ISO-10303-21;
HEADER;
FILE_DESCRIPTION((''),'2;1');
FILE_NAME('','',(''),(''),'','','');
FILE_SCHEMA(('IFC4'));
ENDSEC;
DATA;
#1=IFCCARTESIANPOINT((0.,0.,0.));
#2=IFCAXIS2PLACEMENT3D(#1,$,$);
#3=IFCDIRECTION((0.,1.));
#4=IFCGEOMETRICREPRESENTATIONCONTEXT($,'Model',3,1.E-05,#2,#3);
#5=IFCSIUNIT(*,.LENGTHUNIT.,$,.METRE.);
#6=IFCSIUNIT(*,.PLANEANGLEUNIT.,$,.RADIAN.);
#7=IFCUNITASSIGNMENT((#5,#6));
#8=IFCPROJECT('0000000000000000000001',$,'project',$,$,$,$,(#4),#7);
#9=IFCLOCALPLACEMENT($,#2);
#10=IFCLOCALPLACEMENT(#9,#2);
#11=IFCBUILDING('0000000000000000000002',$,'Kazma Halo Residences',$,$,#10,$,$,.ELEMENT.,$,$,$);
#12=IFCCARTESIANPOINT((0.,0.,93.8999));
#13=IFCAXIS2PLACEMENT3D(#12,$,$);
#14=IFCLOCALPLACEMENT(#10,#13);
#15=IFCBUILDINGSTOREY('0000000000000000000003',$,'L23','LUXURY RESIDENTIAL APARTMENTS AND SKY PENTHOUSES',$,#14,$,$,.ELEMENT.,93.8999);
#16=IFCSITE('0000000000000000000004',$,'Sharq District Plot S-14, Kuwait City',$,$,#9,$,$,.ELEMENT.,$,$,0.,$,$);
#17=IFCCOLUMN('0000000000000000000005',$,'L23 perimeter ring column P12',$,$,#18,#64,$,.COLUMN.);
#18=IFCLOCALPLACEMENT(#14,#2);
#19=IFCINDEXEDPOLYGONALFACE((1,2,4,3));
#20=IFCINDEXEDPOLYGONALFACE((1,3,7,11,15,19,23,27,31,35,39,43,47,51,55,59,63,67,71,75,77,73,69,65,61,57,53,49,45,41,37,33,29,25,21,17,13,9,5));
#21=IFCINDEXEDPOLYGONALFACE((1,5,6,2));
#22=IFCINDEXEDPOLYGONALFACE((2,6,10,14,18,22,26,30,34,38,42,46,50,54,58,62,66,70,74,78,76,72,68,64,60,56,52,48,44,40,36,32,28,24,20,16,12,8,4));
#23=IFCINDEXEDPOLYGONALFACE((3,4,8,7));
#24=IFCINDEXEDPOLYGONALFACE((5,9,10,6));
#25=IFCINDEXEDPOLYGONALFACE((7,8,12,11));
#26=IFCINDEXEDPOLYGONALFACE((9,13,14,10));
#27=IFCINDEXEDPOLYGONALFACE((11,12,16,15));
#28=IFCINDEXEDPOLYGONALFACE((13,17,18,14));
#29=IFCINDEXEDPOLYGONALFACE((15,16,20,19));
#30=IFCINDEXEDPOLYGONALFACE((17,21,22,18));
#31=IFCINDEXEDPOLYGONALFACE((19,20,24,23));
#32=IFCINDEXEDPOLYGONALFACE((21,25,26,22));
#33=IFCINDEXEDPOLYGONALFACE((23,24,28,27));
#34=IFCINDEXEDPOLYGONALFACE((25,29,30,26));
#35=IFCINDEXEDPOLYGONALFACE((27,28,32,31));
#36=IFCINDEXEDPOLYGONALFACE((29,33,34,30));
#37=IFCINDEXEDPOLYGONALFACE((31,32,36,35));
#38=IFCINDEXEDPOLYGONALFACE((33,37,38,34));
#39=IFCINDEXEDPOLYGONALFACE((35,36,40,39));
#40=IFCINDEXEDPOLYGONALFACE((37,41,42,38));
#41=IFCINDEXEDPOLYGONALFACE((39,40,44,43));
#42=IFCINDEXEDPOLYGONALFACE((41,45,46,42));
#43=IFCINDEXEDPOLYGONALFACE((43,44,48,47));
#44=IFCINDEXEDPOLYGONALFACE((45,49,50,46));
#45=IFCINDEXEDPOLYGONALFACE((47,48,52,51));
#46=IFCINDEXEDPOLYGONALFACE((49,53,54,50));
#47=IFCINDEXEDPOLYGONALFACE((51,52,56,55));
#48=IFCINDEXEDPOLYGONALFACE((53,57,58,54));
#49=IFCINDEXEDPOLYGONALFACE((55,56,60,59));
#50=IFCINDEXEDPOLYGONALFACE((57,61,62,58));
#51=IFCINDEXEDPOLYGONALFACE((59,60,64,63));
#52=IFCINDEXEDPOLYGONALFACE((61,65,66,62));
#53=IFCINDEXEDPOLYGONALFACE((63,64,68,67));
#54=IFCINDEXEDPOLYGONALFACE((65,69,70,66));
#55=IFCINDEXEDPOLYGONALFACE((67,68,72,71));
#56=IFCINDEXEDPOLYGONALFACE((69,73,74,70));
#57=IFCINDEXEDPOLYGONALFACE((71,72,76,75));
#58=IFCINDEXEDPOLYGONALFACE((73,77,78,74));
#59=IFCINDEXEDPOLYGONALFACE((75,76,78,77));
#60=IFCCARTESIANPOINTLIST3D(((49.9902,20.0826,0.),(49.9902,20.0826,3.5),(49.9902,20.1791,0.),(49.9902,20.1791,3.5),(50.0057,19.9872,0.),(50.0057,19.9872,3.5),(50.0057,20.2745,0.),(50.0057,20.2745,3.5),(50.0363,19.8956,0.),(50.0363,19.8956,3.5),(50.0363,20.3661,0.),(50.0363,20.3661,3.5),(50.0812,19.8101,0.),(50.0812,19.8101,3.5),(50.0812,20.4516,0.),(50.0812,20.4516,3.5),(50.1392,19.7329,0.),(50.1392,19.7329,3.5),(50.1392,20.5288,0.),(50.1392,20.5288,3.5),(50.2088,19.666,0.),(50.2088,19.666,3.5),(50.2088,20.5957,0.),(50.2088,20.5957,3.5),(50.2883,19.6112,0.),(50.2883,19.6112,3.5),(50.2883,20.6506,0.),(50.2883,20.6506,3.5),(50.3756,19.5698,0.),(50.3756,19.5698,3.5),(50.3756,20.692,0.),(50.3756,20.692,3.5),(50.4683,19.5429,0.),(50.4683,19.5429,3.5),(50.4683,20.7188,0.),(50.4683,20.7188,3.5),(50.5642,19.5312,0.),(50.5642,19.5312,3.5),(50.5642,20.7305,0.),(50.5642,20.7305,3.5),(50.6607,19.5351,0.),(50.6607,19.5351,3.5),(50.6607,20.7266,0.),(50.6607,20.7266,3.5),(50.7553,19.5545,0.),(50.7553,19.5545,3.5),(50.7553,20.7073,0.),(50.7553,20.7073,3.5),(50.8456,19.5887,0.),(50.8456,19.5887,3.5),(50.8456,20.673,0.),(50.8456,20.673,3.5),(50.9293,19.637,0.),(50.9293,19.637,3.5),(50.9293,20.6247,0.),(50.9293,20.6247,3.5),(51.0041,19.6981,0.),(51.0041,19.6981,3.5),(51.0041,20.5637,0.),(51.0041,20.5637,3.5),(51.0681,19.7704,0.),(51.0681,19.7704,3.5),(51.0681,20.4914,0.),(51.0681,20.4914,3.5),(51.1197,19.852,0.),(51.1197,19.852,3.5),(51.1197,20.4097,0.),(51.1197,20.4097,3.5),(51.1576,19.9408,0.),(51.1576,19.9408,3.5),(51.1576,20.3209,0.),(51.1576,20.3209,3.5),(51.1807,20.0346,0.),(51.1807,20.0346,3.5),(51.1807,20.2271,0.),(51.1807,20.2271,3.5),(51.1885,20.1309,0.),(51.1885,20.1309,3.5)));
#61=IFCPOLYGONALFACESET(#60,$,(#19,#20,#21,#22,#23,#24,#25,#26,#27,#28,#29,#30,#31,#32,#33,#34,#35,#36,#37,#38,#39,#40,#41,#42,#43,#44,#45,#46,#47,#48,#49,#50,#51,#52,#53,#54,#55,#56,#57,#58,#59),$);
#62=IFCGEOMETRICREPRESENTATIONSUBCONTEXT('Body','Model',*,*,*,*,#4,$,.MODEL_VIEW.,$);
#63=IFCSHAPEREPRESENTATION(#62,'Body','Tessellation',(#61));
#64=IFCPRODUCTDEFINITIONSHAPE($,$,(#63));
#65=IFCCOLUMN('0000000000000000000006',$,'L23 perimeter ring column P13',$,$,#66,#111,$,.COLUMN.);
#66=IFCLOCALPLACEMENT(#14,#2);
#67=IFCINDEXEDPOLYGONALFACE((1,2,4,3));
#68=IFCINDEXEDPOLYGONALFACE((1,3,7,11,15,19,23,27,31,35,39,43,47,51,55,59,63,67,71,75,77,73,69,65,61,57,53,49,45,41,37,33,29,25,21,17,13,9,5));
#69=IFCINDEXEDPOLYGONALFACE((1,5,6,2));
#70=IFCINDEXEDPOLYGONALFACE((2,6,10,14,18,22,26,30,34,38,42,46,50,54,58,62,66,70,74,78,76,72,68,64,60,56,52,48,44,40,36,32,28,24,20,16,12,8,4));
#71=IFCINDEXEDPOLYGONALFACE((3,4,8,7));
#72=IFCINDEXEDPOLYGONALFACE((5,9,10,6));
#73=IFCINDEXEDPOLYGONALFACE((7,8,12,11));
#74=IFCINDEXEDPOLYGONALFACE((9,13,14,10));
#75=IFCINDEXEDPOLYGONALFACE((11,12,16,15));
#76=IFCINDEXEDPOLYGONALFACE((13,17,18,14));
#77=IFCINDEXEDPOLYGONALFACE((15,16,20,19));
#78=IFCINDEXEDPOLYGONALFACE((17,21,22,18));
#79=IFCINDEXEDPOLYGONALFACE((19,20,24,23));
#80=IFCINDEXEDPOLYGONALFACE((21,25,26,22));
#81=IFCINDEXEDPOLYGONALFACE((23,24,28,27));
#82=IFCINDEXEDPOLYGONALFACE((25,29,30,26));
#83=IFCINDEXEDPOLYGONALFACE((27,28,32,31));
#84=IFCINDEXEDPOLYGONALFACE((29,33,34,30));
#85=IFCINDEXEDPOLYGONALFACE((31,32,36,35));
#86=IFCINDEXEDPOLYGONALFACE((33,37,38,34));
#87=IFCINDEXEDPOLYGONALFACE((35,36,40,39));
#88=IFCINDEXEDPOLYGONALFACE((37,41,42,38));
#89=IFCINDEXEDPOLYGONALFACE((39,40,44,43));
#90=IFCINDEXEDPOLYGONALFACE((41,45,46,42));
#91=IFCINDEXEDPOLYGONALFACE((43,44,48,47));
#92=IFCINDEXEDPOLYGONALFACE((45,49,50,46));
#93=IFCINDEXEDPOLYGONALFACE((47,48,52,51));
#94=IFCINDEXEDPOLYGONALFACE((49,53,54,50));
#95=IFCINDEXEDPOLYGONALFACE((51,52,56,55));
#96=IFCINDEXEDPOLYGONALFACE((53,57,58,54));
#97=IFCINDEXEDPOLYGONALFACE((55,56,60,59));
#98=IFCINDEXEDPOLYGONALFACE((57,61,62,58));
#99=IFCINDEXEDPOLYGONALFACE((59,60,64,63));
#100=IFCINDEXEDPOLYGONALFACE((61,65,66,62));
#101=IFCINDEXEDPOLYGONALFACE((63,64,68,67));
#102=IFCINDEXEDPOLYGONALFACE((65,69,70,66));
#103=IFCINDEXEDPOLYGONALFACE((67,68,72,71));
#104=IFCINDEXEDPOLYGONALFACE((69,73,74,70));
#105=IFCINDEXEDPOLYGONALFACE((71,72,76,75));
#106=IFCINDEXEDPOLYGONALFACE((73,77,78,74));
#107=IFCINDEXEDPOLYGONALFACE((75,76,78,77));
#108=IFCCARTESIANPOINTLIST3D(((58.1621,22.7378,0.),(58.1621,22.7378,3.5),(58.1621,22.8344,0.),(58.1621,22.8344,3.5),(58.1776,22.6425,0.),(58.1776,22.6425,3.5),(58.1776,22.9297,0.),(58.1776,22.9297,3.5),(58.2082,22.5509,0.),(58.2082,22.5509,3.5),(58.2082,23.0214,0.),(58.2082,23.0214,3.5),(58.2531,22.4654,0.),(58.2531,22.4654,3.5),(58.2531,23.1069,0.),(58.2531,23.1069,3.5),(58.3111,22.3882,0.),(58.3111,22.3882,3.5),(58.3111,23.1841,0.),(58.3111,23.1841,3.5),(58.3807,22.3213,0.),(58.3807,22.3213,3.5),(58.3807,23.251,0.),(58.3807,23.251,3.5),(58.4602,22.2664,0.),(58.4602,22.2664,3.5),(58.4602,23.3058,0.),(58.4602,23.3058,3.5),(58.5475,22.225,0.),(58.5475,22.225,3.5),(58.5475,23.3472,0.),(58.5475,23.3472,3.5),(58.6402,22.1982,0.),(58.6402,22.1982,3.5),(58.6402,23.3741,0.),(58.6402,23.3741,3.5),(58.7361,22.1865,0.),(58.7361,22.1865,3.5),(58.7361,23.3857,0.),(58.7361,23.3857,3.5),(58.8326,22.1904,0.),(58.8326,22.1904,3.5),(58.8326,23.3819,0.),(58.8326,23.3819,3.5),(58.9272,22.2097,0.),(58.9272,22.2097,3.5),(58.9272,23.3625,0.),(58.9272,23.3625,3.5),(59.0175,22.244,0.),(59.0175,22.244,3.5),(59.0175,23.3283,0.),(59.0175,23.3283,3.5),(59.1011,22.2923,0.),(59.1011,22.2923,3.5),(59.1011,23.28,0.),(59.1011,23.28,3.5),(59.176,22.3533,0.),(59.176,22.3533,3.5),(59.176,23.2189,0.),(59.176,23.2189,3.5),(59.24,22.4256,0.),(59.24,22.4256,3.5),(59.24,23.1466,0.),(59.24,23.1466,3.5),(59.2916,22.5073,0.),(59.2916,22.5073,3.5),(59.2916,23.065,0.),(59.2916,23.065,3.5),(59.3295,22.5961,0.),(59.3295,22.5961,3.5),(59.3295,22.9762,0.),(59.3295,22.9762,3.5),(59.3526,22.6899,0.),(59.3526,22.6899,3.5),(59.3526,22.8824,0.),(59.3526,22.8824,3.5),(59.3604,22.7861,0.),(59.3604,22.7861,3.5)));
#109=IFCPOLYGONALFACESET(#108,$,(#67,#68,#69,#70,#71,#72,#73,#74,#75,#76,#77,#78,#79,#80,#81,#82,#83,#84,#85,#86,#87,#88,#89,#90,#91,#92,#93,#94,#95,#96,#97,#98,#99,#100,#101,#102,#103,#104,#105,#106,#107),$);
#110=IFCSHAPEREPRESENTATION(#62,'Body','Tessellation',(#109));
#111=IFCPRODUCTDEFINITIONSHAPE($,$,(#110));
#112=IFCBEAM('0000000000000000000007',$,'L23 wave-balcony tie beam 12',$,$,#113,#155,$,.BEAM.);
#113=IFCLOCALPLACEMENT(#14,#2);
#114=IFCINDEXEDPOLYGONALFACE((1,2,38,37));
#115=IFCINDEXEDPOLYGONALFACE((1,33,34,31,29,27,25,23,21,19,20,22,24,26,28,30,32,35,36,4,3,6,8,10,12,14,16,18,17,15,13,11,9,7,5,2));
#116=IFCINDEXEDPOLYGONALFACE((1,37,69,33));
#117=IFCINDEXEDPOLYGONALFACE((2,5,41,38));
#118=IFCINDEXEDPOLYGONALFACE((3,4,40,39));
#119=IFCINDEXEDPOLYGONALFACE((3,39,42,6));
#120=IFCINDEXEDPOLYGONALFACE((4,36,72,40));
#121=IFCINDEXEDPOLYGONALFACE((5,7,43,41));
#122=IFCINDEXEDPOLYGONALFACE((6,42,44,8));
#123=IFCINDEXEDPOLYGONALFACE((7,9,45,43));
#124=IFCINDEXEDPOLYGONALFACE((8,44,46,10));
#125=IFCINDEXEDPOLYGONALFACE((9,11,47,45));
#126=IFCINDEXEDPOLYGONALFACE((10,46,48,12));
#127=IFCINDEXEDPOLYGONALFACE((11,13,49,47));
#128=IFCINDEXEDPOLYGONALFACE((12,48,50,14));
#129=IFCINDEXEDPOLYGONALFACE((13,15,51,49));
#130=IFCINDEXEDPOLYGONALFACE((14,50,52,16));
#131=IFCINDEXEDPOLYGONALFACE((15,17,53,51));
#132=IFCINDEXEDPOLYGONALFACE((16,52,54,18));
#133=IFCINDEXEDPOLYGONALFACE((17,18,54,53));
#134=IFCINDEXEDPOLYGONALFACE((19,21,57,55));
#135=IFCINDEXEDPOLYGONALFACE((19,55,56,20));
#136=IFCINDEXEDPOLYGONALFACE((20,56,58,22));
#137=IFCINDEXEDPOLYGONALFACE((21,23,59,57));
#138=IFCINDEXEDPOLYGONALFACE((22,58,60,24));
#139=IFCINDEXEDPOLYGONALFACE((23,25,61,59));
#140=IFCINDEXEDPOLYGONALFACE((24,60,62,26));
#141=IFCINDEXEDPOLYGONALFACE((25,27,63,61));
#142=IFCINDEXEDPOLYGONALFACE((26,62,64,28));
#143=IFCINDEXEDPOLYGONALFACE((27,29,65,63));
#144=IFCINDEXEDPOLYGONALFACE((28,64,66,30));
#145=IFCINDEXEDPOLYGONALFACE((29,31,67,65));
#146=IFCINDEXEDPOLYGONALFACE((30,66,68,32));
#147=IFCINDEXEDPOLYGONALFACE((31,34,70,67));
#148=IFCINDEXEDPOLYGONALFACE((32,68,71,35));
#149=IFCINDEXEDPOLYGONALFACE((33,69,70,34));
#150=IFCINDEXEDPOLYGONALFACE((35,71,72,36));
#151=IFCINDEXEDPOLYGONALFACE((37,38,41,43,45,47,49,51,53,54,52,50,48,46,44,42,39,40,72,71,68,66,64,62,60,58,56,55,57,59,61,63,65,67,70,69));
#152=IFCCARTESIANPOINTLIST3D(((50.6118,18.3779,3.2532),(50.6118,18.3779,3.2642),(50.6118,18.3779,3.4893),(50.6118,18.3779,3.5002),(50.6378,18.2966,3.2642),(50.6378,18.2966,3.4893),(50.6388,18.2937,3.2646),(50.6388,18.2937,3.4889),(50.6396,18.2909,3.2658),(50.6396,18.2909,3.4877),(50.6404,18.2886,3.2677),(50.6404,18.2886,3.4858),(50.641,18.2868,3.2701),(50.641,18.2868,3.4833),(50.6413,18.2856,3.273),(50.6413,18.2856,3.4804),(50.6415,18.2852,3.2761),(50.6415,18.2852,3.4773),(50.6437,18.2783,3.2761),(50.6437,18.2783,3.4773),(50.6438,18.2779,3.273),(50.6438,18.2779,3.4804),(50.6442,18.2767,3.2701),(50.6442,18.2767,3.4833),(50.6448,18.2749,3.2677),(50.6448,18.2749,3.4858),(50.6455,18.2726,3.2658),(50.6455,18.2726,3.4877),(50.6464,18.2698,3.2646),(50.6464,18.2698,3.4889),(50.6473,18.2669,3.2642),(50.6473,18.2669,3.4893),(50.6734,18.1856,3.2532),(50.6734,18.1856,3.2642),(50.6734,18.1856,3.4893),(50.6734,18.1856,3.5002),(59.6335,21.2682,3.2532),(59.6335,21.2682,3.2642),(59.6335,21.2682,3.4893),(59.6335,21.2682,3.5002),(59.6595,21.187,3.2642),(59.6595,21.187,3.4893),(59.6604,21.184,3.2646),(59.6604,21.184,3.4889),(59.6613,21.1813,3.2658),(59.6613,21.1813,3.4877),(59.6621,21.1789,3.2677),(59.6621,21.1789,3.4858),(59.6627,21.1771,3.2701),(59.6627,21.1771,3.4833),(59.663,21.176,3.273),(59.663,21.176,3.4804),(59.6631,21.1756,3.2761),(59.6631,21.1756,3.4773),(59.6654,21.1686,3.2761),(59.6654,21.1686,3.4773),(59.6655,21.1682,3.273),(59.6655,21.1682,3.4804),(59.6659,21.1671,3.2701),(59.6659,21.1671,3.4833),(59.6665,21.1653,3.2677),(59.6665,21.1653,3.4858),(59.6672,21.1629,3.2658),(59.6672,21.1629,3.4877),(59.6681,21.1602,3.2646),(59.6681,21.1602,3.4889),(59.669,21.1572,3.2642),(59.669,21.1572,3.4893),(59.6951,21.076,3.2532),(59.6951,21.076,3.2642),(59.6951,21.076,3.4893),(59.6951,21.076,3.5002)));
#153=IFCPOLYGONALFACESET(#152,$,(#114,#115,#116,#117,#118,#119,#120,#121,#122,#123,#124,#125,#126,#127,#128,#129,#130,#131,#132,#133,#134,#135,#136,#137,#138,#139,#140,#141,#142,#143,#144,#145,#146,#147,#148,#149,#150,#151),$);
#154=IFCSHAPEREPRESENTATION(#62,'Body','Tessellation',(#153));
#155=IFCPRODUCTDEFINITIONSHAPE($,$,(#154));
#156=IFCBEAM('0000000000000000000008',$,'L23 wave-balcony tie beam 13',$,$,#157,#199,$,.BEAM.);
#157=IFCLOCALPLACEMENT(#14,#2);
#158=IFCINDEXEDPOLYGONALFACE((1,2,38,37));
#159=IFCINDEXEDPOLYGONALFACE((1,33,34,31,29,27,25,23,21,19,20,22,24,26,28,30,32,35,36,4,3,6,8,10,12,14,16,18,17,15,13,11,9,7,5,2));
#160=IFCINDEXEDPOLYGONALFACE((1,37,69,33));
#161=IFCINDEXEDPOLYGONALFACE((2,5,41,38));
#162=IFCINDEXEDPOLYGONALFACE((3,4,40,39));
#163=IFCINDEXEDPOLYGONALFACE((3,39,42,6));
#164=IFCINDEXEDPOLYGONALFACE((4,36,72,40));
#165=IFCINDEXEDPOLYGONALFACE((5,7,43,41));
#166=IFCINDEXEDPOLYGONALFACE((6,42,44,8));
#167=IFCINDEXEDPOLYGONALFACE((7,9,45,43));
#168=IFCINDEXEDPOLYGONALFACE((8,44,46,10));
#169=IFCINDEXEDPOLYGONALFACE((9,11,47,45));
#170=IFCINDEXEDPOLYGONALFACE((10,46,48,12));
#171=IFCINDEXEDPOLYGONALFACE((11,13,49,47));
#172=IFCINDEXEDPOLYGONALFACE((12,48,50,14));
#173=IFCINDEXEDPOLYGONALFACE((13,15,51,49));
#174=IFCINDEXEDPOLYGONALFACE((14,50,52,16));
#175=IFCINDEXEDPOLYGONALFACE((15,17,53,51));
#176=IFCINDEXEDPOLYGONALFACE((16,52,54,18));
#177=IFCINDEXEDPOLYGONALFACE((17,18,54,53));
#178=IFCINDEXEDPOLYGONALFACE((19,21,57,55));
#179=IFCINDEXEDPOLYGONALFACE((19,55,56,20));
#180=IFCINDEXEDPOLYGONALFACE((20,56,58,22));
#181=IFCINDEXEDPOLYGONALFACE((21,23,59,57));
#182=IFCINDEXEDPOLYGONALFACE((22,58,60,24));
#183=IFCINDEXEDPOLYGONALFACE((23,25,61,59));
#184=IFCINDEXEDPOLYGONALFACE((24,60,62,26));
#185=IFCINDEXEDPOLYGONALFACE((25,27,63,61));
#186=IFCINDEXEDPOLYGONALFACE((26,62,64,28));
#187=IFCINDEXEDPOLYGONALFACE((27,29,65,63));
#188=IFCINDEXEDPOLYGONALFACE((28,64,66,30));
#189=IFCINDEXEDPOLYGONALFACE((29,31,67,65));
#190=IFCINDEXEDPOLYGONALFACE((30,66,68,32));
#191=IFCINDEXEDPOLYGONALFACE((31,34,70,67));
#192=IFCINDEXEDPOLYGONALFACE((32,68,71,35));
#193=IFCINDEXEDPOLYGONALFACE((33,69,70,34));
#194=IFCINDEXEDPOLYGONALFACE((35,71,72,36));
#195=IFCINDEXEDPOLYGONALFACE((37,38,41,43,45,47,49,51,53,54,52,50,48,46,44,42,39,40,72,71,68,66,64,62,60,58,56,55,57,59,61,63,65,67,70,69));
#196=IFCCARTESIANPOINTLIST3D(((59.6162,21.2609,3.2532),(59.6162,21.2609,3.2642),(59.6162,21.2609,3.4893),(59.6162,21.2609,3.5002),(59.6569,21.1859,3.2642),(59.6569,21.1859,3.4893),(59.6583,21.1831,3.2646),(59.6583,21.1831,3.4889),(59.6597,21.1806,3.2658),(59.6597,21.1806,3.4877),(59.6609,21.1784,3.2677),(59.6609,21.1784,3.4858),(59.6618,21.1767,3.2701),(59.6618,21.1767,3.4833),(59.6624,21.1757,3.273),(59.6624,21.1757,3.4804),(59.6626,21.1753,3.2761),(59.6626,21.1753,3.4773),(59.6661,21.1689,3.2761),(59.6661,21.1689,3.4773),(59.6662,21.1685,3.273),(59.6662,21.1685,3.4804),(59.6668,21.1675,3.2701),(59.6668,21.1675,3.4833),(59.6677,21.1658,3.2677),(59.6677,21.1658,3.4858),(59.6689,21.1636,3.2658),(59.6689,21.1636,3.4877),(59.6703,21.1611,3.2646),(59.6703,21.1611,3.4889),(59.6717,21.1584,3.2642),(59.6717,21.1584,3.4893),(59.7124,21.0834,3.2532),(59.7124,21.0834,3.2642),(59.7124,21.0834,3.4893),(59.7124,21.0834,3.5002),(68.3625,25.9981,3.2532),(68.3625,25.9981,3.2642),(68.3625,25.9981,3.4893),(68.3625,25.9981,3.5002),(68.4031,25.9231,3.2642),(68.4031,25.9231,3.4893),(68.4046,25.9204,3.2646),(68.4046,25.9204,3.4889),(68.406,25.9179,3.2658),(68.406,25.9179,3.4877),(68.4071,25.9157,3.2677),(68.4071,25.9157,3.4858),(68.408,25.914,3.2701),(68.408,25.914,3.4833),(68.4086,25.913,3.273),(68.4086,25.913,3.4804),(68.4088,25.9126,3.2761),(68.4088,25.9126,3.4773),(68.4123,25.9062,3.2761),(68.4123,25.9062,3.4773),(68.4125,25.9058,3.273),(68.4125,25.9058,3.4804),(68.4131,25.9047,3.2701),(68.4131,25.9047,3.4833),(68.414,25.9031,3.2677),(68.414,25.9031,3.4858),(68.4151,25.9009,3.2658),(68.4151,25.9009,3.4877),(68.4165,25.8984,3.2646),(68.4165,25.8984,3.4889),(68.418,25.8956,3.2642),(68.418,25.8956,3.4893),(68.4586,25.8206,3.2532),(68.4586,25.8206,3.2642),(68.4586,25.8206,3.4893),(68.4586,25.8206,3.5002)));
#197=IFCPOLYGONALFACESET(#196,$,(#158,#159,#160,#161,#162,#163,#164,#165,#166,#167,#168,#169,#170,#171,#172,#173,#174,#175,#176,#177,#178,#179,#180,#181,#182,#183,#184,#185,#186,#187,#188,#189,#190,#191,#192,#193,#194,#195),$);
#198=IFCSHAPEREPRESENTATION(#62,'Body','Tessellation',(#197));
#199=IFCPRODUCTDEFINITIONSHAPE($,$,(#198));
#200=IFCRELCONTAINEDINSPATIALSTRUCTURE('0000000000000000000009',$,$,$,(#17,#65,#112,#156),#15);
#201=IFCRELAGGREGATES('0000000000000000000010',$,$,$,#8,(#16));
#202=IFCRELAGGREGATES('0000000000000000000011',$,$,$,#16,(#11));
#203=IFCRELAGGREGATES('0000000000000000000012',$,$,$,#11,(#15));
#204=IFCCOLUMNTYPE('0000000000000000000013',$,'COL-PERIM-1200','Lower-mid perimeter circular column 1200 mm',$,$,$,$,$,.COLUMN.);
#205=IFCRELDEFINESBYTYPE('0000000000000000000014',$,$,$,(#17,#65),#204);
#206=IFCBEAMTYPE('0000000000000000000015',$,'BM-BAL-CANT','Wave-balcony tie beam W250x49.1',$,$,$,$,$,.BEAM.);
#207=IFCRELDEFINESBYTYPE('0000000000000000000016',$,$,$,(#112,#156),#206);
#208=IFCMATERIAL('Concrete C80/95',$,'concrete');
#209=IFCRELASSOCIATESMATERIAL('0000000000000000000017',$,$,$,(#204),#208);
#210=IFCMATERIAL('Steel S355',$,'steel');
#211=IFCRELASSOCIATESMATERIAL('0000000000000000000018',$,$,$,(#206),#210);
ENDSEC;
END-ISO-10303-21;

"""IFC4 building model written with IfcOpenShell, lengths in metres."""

from ifc_helpers import new_model, si_unit, direction, frame, origin, origin_2d, place, context, subcontext, project, spatial, circle, i_section, extrude, material, material_profile, profile_set, type_object, element, save


model = new_model("IFC4")

# Units and contexts
model_context = context("Model", 3, precision=1e-05, world=origin(), true_north=direction((0.0, 1.0)))
body_context = subcontext(model_context, "Body", "Model", "MODEL_VIEW")
ifc_project = project(units=[si_unit("LENGTHUNIT", "METRE"), si_unit("PLANEANGLEUNIT", "RADIAN")], contexts=[model_context])

# Site, building, storey
site_placement = place(None, origin())
site = spatial("IfcSite", under=ifc_project, at=site_placement, Name="Sharq District Plot S-14, Kuwait City", CompositionType="ELEMENT", RefElevation=0.0)
building_placement = place(site_placement, origin())
building = spatial("IfcBuilding", under=site, at=building_placement, Name="Kazma Halo Residences", CompositionType="ELEMENT")
storey_placement = place(building_placement, frame((0.0, 0.0, 93.8999)))
storey = spatial("IfcBuildingStorey", under=building, at=storey_placement, Name="L23", Description="LUXURY RESIDENTIAL APARTMENTS AND SKY PENTHOUSES", CompositionType="ELEMENT", Elevation=93.8999)

# Columns
ifc_material_1 = material(Name="Concrete C80/95", Category="concrete")
ifc_material_profile_1 = material_profile(ifc_material_1, circle(Radius=0.6001, at=origin_2d()), Name="CIRC1200")
ifc_profile_set_1 = profile_set([ifc_material_profile_1], Name="Concrete C80/95")
column_type = type_object("IfcColumnType", Name="COL-PERIM-1200", Description="Lower-mid perimeter circular column 1200 mm", PredefinedType="COLUMN", material=ifc_profile_set_1)
for number, where, z_axis, x_axis, name in (
    (1, (50.5884, 20.1309, 0.0), (0.0, 0.0, 1.0), (1.0, 0.0, 0.0), "L23 perimeter ring column P12"),
    (2, (58.7603, 22.7861, 0.0), (0.0, 0.0, 1.0), (1.0, 0.0, 0.0), "L23 perimeter ring column P13"),
):
    element("IfcColumn", number, at=place(storey_placement, frame(where, z_axis=z_axis, x_axis=x_axis)), inside=storey, type_object=column_type, Name=name, PredefinedType="COLUMN", context=body_context, shape_type="SweptSolid", body=[
        extrude(circle(Radius=0.6001, at=origin_2d()), origin(), (0.0, 0.0, 1.0), 3.5),
    ])

# Beams
ifc_material_2 = material(Name="Steel S355", Category="steel")
ifc_material_profile_2 = material_profile(ifc_material_2, i_section(OverallWidth=0.2019, OverallDepth=0.2471, WebThickness=0.0073, FlangeThickness=0.011, FilletRadius=0.012, at=origin_2d()), Name="W250x49.1")
ifc_profile_set_2 = profile_set([ifc_material_profile_2], Name="Steel S355")
beam_type_1 = type_object("IfcBeamType", Name="BM-BAL-CANT", Description="Wave-balcony tie beam W250x49.1", PredefinedType="BEAM", material=ifc_profile_set_2)
beam_1_placement = place(storey_placement, frame((50.6426, 18.2817, 3.3767), z_axis=(0.952319, 0.305104, 0.0), x_axis=(-0.305104, 0.952319, 0.0)))
element("IfcBeam", 3, at=beam_1_placement, inside=storey, type_object=beam_type_1, Name="L23 wave-balcony tie beam 12", PredefinedType="BEAM", context=body_context, shape_type="SweptSolid", body=[
    extrude(i_section(OverallWidth=0.2019, OverallDepth=0.2471, WebThickness=0.0073, FlangeThickness=0.011, FilletRadius=0.012, at=origin_2d()), origin(), (0.0, 0.0, 1.0), 9.4734),
])
beam_2_placement = place(storey_placement, frame((59.6643, 21.1721, 3.3767), z_axis=(0.879304, 0.47626, 0.0), x_axis=(-0.47626, 0.879304, 0.0)))
element("IfcBeam", 4, at=beam_2_placement, inside=storey, type_object=beam_type_1, Name="L23 wave-balcony tie beam 13", PredefinedType="BEAM", context=body_context, shape_type="SweptSolid", body=[
    extrude(i_section(OverallWidth=0.2019, OverallDepth=0.2471, WebThickness=0.0073, FlangeThickness=0.011, FilletRadius=0.012, at=origin_2d()), origin(), (0.0, 0.0, 1.0), 9.9468),
])

save(model, "model.ifc")
